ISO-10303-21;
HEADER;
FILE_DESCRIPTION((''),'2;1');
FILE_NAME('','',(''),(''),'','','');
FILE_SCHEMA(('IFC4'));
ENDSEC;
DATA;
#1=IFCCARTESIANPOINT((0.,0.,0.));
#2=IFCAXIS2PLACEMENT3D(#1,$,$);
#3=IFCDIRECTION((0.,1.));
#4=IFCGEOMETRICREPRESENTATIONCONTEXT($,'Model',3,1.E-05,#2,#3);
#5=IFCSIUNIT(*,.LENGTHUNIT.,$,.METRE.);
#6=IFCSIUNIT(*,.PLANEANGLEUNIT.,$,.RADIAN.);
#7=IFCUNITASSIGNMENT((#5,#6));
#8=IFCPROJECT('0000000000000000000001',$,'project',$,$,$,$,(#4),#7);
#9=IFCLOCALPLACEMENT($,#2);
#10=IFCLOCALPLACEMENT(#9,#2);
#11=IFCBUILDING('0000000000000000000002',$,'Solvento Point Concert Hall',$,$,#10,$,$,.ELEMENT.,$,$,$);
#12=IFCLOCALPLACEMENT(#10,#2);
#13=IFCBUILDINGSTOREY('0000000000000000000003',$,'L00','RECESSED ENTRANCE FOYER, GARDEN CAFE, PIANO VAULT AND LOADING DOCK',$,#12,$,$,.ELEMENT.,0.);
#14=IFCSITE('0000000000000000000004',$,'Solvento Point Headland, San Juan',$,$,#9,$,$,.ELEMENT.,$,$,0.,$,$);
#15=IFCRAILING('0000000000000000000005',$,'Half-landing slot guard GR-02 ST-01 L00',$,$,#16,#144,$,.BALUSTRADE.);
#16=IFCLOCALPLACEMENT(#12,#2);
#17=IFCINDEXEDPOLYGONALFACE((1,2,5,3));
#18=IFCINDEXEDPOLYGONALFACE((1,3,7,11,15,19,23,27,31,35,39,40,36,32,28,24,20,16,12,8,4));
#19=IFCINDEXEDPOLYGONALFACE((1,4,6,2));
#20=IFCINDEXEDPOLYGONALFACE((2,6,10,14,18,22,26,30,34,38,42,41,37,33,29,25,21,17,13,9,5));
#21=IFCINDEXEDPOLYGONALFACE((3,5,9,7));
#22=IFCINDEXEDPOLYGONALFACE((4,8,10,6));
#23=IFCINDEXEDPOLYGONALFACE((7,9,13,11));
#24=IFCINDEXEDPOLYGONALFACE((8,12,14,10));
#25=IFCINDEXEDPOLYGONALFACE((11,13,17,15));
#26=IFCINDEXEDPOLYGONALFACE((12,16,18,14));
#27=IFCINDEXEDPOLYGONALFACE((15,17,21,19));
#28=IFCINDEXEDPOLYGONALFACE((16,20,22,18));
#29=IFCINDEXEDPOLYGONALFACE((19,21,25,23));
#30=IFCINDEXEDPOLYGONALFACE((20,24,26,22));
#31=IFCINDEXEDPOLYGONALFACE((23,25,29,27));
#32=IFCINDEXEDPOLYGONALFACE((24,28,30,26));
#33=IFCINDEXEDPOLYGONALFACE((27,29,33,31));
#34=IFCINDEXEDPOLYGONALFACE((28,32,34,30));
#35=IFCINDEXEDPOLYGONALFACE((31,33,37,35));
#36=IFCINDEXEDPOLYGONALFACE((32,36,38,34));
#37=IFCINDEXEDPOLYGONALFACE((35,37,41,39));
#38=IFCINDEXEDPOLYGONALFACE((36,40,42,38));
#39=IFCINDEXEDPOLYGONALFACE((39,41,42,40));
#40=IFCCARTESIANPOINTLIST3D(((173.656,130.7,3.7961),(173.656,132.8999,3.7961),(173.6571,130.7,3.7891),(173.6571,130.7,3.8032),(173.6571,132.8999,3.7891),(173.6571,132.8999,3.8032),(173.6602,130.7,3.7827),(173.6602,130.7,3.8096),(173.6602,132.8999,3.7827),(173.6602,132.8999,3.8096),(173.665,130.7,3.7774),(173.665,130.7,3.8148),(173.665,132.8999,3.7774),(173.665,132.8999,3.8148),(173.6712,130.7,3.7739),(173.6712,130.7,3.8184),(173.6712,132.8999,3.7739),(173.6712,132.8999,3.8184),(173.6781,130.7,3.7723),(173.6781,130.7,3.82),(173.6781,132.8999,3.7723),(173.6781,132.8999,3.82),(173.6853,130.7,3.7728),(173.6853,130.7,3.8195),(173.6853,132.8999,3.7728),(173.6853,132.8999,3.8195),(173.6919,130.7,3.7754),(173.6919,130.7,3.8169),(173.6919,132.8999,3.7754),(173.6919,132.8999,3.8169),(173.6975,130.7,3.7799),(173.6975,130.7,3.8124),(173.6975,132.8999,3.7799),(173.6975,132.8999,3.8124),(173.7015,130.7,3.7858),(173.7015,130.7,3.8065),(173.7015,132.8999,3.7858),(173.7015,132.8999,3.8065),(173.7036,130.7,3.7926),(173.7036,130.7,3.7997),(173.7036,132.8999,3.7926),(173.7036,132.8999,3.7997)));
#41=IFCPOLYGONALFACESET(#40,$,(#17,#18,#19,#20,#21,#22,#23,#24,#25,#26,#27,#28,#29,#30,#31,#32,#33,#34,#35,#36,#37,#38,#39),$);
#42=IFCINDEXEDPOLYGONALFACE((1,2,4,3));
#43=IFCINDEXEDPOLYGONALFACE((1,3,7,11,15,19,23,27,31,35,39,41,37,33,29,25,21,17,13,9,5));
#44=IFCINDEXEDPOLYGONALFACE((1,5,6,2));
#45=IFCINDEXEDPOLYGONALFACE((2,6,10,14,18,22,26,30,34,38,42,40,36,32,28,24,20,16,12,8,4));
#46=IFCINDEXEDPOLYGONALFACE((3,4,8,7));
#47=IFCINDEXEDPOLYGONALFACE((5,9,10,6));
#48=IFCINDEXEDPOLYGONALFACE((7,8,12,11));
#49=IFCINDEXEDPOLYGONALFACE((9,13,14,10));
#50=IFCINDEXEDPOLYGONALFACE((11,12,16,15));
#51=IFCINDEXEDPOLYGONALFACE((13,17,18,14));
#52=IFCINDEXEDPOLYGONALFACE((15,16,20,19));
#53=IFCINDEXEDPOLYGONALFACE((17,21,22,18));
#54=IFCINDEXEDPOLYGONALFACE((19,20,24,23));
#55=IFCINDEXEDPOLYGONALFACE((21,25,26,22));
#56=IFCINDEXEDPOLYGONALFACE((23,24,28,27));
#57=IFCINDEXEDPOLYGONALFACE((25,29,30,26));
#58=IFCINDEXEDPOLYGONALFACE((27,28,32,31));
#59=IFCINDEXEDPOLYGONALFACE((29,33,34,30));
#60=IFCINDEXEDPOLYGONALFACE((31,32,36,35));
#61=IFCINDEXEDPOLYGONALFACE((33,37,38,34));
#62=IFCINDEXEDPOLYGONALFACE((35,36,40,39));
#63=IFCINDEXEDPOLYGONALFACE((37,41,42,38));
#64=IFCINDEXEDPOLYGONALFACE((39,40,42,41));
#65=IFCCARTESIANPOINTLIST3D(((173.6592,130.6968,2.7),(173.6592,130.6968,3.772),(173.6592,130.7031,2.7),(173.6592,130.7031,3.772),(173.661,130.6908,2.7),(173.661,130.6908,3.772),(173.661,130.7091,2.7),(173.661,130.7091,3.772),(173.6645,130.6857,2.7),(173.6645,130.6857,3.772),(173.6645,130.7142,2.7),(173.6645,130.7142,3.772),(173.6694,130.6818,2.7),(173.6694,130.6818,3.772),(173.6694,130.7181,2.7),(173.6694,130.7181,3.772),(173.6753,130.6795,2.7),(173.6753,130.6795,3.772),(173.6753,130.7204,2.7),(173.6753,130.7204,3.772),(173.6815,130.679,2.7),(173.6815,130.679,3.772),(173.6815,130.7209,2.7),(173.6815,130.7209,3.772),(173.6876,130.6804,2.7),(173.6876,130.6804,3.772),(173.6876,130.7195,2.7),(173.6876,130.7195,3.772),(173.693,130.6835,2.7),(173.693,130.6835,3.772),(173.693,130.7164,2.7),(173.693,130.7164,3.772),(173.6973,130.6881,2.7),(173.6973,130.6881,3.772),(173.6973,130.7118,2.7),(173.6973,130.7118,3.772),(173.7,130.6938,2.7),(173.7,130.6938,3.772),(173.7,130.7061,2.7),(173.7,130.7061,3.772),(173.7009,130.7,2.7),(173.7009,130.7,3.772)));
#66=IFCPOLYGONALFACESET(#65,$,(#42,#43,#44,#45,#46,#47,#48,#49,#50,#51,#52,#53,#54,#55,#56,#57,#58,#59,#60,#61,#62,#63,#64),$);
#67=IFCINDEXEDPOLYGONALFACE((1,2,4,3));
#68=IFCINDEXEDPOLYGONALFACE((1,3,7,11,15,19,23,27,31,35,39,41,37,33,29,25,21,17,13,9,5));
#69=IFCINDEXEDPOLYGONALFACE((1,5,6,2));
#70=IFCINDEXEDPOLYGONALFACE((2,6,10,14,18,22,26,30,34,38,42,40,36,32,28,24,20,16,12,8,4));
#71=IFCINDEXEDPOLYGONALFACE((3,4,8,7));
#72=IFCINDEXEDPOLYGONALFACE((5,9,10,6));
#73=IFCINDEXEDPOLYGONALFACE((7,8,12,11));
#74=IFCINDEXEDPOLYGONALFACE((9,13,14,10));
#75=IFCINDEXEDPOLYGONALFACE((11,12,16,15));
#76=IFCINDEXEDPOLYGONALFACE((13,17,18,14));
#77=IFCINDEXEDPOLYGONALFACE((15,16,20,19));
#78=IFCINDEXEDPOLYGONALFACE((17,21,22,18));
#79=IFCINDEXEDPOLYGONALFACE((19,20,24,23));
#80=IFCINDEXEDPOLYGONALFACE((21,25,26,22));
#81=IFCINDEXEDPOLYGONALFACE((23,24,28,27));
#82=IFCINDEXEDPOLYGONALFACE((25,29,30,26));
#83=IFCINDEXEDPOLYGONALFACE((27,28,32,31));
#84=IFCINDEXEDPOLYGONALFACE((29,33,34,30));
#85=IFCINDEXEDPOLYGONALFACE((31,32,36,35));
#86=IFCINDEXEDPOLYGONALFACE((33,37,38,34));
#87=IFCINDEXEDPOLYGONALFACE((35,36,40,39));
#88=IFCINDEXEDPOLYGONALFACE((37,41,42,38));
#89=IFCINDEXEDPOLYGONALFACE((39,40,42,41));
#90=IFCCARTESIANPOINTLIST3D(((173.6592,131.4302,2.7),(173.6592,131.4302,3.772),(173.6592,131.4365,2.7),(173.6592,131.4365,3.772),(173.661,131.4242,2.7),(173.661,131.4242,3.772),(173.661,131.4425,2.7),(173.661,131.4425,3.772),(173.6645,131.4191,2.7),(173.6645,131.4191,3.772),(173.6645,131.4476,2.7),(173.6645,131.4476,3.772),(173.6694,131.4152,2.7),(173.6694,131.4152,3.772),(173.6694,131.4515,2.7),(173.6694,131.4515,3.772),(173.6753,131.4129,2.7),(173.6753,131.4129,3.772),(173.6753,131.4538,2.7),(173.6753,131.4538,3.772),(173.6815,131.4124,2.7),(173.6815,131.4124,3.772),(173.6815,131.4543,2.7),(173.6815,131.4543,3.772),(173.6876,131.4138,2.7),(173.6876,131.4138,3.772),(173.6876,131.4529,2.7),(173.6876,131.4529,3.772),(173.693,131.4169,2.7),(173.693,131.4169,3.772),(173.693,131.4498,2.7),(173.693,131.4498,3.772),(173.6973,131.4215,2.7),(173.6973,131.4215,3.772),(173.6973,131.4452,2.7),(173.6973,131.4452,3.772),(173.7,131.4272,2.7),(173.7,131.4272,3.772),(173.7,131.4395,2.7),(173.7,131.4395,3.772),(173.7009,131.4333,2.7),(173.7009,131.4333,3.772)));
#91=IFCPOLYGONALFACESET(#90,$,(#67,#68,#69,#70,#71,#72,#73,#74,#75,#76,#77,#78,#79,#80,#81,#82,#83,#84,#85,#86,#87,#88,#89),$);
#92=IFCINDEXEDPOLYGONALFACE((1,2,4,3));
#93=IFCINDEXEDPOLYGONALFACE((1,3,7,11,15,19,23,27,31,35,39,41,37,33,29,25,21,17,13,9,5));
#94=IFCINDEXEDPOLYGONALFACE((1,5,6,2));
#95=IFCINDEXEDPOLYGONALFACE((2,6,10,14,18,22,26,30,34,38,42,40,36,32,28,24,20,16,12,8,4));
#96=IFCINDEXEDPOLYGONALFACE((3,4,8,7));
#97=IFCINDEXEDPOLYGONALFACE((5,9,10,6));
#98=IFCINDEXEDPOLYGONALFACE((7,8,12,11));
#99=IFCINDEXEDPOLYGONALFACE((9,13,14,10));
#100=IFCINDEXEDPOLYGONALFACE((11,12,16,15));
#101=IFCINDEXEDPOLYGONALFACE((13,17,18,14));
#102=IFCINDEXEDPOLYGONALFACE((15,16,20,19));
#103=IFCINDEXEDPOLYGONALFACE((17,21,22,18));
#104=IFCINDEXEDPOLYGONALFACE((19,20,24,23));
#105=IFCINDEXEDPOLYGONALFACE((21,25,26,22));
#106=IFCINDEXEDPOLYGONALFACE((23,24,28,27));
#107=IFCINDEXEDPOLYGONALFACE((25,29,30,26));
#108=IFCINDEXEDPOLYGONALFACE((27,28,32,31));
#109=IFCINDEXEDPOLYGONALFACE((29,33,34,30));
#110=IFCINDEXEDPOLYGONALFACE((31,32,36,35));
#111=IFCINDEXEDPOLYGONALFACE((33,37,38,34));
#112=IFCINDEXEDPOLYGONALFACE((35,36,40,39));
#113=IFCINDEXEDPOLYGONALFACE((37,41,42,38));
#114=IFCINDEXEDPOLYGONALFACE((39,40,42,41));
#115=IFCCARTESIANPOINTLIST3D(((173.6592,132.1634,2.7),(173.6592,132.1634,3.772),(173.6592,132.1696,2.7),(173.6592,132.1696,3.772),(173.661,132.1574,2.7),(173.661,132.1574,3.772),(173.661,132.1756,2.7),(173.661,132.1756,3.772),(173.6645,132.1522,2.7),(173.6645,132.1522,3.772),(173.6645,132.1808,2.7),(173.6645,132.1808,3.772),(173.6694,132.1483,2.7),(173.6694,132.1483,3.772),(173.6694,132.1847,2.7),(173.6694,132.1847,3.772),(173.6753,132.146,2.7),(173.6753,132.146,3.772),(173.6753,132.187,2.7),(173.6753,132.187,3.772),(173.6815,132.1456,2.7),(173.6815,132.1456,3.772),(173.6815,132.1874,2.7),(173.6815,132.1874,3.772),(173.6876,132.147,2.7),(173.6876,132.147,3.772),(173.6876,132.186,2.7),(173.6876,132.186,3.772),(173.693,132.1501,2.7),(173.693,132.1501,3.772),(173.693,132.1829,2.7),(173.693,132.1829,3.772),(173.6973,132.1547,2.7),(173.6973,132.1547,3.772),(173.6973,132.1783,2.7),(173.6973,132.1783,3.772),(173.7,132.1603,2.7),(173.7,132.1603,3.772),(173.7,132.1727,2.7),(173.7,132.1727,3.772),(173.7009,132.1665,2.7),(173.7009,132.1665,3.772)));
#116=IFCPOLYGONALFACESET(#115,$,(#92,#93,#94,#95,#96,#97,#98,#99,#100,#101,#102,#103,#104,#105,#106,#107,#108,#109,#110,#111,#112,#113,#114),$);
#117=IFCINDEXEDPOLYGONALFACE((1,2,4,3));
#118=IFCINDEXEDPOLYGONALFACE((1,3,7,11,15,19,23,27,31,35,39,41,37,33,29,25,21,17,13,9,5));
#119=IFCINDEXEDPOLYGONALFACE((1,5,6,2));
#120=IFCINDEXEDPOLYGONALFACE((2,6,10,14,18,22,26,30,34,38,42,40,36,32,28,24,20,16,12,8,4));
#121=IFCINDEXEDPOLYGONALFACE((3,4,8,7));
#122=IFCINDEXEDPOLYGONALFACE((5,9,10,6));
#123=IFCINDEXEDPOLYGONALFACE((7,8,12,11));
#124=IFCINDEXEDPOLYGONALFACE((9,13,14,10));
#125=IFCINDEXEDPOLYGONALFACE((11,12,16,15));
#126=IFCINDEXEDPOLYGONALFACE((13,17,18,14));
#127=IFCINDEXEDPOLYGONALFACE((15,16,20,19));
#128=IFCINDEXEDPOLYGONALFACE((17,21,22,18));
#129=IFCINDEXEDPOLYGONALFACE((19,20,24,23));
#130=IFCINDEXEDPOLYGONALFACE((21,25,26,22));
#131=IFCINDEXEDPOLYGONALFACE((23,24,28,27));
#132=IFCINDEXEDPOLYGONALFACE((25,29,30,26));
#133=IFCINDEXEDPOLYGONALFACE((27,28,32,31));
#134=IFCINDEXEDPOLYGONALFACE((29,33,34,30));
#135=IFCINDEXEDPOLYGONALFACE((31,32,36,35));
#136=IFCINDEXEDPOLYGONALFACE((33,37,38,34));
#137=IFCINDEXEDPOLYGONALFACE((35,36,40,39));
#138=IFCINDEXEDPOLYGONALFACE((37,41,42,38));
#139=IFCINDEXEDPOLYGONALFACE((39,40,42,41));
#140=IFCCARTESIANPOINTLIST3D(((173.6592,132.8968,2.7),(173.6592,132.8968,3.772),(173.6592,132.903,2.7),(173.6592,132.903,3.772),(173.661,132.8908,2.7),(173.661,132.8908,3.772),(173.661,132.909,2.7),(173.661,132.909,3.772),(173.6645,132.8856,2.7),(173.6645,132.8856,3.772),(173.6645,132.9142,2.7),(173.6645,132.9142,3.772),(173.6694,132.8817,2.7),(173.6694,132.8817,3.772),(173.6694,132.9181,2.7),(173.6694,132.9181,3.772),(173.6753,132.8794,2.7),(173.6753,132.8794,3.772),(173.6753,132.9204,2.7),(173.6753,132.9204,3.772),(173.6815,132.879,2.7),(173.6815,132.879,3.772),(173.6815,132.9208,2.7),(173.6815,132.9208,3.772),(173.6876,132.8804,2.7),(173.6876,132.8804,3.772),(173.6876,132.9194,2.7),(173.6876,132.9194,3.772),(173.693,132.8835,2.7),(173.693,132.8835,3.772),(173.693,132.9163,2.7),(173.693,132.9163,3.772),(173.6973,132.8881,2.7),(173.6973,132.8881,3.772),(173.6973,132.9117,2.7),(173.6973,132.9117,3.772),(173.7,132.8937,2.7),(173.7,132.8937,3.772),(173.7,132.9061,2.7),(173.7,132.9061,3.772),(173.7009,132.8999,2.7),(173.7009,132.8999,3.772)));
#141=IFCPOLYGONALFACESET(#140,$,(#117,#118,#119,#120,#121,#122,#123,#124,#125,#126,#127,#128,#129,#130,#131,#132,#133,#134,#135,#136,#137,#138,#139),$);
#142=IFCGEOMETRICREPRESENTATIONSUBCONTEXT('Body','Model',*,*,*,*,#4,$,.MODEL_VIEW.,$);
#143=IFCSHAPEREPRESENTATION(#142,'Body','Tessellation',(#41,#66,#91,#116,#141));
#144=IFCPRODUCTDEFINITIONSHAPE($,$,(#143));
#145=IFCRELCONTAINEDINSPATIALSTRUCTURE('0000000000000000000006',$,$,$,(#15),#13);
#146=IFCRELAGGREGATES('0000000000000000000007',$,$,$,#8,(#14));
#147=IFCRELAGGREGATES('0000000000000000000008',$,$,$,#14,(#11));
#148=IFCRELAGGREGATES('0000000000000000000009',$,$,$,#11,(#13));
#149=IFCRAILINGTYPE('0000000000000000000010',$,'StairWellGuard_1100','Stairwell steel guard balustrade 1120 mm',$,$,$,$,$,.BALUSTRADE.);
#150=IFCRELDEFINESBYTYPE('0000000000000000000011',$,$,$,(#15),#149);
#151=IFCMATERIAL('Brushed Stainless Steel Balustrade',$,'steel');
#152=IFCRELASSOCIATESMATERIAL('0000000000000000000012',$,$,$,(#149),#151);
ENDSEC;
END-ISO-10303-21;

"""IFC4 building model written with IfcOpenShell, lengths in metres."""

from ifc_helpers import new_model, si_unit, direction, frame, origin, origin_2d, place, context, subcontext, project, spatial, circle, extrude, material, type_object, element, save


model = new_model("IFC4")

# Units and contexts
model_context = context("Model", 3, precision=1e-05, world=origin(), true_north=direction((0.0, 1.0)))
body_context = subcontext(model_context, "Body", "Model", "MODEL_VIEW")
ifc_project = project(units=[si_unit("LENGTHUNIT", "METRE"), si_unit("PLANEANGLEUNIT", "RADIAN")], contexts=[model_context])

# Site, building, storey
site_placement = place(None, origin())
site = spatial("IfcSite", under=ifc_project, at=site_placement, Name="Solvento Point Headland, San Juan", CompositionType="ELEMENT", RefElevation=0.0)
building_placement = place(site_placement, origin())
building = spatial("IfcBuilding", under=site, at=building_placement, Name="Solvento Point Concert Hall", CompositionType="ELEMENT")
storey_placement = place(building_placement, origin())
storey = spatial("IfcBuildingStorey", under=building, at=storey_placement, Name="L00", Description="RECESSED ENTRANCE FOYER, GARDEN CAFE, PIANO VAULT AND LOADING DOCK", CompositionType="ELEMENT", Elevation=0.0)

# Railing
ifc_material_1 = material(Name="Brushed Stainless Steel Balustrade", Category="steel")
railing_type_1 = type_object("IfcRailingType", Name="StairWellGuard_1100", Description="Stairwell steel guard balustrade 1120 mm", PredefinedType="BALUSTRADE", material=ifc_material_1)
railing_1_placement = place(storey_placement, frame((173.6799, 130.7, 2.7)))
element("IfcRailing", 1, at=railing_1_placement, inside=storey, type_object=railing_type_1, Name="Half-landing slot guard GR-02 ST-01 L00", PredefinedType="BALUSTRADE", context=body_context, shape_type="SweptSolid", body=[
    extrude(circle(Radius=0.0239, at=origin_2d()), frame((0.0, 0.0, 1.0962), z_axis=(0.0, 1.0, 0.0), x_axis=(-1.0, 0.0, 0.0)), (0.0, 0.0, 1.0), 2.2),
    extrude(circle(Radius=0.021, at=origin_2d()), origin(), (0.0, 0.0, 1.0), 1.072),
    extrude(circle(Radius=0.021, at=origin_2d()), frame((0.0, 0.7334, 0.0)), (0.0, 0.0, 1.0), 1.072),
    extrude(circle(Radius=0.021, at=origin_2d()), frame((0.0, 1.4666, 0.0)), (0.0, 0.0, 1.0), 1.072),
    extrude(circle(Radius=0.021, at=origin_2d()), frame((0.0, 2.2, 0.0)), (0.0, 0.0, 1.0), 1.072),
])

save(model, "model.ifc")
